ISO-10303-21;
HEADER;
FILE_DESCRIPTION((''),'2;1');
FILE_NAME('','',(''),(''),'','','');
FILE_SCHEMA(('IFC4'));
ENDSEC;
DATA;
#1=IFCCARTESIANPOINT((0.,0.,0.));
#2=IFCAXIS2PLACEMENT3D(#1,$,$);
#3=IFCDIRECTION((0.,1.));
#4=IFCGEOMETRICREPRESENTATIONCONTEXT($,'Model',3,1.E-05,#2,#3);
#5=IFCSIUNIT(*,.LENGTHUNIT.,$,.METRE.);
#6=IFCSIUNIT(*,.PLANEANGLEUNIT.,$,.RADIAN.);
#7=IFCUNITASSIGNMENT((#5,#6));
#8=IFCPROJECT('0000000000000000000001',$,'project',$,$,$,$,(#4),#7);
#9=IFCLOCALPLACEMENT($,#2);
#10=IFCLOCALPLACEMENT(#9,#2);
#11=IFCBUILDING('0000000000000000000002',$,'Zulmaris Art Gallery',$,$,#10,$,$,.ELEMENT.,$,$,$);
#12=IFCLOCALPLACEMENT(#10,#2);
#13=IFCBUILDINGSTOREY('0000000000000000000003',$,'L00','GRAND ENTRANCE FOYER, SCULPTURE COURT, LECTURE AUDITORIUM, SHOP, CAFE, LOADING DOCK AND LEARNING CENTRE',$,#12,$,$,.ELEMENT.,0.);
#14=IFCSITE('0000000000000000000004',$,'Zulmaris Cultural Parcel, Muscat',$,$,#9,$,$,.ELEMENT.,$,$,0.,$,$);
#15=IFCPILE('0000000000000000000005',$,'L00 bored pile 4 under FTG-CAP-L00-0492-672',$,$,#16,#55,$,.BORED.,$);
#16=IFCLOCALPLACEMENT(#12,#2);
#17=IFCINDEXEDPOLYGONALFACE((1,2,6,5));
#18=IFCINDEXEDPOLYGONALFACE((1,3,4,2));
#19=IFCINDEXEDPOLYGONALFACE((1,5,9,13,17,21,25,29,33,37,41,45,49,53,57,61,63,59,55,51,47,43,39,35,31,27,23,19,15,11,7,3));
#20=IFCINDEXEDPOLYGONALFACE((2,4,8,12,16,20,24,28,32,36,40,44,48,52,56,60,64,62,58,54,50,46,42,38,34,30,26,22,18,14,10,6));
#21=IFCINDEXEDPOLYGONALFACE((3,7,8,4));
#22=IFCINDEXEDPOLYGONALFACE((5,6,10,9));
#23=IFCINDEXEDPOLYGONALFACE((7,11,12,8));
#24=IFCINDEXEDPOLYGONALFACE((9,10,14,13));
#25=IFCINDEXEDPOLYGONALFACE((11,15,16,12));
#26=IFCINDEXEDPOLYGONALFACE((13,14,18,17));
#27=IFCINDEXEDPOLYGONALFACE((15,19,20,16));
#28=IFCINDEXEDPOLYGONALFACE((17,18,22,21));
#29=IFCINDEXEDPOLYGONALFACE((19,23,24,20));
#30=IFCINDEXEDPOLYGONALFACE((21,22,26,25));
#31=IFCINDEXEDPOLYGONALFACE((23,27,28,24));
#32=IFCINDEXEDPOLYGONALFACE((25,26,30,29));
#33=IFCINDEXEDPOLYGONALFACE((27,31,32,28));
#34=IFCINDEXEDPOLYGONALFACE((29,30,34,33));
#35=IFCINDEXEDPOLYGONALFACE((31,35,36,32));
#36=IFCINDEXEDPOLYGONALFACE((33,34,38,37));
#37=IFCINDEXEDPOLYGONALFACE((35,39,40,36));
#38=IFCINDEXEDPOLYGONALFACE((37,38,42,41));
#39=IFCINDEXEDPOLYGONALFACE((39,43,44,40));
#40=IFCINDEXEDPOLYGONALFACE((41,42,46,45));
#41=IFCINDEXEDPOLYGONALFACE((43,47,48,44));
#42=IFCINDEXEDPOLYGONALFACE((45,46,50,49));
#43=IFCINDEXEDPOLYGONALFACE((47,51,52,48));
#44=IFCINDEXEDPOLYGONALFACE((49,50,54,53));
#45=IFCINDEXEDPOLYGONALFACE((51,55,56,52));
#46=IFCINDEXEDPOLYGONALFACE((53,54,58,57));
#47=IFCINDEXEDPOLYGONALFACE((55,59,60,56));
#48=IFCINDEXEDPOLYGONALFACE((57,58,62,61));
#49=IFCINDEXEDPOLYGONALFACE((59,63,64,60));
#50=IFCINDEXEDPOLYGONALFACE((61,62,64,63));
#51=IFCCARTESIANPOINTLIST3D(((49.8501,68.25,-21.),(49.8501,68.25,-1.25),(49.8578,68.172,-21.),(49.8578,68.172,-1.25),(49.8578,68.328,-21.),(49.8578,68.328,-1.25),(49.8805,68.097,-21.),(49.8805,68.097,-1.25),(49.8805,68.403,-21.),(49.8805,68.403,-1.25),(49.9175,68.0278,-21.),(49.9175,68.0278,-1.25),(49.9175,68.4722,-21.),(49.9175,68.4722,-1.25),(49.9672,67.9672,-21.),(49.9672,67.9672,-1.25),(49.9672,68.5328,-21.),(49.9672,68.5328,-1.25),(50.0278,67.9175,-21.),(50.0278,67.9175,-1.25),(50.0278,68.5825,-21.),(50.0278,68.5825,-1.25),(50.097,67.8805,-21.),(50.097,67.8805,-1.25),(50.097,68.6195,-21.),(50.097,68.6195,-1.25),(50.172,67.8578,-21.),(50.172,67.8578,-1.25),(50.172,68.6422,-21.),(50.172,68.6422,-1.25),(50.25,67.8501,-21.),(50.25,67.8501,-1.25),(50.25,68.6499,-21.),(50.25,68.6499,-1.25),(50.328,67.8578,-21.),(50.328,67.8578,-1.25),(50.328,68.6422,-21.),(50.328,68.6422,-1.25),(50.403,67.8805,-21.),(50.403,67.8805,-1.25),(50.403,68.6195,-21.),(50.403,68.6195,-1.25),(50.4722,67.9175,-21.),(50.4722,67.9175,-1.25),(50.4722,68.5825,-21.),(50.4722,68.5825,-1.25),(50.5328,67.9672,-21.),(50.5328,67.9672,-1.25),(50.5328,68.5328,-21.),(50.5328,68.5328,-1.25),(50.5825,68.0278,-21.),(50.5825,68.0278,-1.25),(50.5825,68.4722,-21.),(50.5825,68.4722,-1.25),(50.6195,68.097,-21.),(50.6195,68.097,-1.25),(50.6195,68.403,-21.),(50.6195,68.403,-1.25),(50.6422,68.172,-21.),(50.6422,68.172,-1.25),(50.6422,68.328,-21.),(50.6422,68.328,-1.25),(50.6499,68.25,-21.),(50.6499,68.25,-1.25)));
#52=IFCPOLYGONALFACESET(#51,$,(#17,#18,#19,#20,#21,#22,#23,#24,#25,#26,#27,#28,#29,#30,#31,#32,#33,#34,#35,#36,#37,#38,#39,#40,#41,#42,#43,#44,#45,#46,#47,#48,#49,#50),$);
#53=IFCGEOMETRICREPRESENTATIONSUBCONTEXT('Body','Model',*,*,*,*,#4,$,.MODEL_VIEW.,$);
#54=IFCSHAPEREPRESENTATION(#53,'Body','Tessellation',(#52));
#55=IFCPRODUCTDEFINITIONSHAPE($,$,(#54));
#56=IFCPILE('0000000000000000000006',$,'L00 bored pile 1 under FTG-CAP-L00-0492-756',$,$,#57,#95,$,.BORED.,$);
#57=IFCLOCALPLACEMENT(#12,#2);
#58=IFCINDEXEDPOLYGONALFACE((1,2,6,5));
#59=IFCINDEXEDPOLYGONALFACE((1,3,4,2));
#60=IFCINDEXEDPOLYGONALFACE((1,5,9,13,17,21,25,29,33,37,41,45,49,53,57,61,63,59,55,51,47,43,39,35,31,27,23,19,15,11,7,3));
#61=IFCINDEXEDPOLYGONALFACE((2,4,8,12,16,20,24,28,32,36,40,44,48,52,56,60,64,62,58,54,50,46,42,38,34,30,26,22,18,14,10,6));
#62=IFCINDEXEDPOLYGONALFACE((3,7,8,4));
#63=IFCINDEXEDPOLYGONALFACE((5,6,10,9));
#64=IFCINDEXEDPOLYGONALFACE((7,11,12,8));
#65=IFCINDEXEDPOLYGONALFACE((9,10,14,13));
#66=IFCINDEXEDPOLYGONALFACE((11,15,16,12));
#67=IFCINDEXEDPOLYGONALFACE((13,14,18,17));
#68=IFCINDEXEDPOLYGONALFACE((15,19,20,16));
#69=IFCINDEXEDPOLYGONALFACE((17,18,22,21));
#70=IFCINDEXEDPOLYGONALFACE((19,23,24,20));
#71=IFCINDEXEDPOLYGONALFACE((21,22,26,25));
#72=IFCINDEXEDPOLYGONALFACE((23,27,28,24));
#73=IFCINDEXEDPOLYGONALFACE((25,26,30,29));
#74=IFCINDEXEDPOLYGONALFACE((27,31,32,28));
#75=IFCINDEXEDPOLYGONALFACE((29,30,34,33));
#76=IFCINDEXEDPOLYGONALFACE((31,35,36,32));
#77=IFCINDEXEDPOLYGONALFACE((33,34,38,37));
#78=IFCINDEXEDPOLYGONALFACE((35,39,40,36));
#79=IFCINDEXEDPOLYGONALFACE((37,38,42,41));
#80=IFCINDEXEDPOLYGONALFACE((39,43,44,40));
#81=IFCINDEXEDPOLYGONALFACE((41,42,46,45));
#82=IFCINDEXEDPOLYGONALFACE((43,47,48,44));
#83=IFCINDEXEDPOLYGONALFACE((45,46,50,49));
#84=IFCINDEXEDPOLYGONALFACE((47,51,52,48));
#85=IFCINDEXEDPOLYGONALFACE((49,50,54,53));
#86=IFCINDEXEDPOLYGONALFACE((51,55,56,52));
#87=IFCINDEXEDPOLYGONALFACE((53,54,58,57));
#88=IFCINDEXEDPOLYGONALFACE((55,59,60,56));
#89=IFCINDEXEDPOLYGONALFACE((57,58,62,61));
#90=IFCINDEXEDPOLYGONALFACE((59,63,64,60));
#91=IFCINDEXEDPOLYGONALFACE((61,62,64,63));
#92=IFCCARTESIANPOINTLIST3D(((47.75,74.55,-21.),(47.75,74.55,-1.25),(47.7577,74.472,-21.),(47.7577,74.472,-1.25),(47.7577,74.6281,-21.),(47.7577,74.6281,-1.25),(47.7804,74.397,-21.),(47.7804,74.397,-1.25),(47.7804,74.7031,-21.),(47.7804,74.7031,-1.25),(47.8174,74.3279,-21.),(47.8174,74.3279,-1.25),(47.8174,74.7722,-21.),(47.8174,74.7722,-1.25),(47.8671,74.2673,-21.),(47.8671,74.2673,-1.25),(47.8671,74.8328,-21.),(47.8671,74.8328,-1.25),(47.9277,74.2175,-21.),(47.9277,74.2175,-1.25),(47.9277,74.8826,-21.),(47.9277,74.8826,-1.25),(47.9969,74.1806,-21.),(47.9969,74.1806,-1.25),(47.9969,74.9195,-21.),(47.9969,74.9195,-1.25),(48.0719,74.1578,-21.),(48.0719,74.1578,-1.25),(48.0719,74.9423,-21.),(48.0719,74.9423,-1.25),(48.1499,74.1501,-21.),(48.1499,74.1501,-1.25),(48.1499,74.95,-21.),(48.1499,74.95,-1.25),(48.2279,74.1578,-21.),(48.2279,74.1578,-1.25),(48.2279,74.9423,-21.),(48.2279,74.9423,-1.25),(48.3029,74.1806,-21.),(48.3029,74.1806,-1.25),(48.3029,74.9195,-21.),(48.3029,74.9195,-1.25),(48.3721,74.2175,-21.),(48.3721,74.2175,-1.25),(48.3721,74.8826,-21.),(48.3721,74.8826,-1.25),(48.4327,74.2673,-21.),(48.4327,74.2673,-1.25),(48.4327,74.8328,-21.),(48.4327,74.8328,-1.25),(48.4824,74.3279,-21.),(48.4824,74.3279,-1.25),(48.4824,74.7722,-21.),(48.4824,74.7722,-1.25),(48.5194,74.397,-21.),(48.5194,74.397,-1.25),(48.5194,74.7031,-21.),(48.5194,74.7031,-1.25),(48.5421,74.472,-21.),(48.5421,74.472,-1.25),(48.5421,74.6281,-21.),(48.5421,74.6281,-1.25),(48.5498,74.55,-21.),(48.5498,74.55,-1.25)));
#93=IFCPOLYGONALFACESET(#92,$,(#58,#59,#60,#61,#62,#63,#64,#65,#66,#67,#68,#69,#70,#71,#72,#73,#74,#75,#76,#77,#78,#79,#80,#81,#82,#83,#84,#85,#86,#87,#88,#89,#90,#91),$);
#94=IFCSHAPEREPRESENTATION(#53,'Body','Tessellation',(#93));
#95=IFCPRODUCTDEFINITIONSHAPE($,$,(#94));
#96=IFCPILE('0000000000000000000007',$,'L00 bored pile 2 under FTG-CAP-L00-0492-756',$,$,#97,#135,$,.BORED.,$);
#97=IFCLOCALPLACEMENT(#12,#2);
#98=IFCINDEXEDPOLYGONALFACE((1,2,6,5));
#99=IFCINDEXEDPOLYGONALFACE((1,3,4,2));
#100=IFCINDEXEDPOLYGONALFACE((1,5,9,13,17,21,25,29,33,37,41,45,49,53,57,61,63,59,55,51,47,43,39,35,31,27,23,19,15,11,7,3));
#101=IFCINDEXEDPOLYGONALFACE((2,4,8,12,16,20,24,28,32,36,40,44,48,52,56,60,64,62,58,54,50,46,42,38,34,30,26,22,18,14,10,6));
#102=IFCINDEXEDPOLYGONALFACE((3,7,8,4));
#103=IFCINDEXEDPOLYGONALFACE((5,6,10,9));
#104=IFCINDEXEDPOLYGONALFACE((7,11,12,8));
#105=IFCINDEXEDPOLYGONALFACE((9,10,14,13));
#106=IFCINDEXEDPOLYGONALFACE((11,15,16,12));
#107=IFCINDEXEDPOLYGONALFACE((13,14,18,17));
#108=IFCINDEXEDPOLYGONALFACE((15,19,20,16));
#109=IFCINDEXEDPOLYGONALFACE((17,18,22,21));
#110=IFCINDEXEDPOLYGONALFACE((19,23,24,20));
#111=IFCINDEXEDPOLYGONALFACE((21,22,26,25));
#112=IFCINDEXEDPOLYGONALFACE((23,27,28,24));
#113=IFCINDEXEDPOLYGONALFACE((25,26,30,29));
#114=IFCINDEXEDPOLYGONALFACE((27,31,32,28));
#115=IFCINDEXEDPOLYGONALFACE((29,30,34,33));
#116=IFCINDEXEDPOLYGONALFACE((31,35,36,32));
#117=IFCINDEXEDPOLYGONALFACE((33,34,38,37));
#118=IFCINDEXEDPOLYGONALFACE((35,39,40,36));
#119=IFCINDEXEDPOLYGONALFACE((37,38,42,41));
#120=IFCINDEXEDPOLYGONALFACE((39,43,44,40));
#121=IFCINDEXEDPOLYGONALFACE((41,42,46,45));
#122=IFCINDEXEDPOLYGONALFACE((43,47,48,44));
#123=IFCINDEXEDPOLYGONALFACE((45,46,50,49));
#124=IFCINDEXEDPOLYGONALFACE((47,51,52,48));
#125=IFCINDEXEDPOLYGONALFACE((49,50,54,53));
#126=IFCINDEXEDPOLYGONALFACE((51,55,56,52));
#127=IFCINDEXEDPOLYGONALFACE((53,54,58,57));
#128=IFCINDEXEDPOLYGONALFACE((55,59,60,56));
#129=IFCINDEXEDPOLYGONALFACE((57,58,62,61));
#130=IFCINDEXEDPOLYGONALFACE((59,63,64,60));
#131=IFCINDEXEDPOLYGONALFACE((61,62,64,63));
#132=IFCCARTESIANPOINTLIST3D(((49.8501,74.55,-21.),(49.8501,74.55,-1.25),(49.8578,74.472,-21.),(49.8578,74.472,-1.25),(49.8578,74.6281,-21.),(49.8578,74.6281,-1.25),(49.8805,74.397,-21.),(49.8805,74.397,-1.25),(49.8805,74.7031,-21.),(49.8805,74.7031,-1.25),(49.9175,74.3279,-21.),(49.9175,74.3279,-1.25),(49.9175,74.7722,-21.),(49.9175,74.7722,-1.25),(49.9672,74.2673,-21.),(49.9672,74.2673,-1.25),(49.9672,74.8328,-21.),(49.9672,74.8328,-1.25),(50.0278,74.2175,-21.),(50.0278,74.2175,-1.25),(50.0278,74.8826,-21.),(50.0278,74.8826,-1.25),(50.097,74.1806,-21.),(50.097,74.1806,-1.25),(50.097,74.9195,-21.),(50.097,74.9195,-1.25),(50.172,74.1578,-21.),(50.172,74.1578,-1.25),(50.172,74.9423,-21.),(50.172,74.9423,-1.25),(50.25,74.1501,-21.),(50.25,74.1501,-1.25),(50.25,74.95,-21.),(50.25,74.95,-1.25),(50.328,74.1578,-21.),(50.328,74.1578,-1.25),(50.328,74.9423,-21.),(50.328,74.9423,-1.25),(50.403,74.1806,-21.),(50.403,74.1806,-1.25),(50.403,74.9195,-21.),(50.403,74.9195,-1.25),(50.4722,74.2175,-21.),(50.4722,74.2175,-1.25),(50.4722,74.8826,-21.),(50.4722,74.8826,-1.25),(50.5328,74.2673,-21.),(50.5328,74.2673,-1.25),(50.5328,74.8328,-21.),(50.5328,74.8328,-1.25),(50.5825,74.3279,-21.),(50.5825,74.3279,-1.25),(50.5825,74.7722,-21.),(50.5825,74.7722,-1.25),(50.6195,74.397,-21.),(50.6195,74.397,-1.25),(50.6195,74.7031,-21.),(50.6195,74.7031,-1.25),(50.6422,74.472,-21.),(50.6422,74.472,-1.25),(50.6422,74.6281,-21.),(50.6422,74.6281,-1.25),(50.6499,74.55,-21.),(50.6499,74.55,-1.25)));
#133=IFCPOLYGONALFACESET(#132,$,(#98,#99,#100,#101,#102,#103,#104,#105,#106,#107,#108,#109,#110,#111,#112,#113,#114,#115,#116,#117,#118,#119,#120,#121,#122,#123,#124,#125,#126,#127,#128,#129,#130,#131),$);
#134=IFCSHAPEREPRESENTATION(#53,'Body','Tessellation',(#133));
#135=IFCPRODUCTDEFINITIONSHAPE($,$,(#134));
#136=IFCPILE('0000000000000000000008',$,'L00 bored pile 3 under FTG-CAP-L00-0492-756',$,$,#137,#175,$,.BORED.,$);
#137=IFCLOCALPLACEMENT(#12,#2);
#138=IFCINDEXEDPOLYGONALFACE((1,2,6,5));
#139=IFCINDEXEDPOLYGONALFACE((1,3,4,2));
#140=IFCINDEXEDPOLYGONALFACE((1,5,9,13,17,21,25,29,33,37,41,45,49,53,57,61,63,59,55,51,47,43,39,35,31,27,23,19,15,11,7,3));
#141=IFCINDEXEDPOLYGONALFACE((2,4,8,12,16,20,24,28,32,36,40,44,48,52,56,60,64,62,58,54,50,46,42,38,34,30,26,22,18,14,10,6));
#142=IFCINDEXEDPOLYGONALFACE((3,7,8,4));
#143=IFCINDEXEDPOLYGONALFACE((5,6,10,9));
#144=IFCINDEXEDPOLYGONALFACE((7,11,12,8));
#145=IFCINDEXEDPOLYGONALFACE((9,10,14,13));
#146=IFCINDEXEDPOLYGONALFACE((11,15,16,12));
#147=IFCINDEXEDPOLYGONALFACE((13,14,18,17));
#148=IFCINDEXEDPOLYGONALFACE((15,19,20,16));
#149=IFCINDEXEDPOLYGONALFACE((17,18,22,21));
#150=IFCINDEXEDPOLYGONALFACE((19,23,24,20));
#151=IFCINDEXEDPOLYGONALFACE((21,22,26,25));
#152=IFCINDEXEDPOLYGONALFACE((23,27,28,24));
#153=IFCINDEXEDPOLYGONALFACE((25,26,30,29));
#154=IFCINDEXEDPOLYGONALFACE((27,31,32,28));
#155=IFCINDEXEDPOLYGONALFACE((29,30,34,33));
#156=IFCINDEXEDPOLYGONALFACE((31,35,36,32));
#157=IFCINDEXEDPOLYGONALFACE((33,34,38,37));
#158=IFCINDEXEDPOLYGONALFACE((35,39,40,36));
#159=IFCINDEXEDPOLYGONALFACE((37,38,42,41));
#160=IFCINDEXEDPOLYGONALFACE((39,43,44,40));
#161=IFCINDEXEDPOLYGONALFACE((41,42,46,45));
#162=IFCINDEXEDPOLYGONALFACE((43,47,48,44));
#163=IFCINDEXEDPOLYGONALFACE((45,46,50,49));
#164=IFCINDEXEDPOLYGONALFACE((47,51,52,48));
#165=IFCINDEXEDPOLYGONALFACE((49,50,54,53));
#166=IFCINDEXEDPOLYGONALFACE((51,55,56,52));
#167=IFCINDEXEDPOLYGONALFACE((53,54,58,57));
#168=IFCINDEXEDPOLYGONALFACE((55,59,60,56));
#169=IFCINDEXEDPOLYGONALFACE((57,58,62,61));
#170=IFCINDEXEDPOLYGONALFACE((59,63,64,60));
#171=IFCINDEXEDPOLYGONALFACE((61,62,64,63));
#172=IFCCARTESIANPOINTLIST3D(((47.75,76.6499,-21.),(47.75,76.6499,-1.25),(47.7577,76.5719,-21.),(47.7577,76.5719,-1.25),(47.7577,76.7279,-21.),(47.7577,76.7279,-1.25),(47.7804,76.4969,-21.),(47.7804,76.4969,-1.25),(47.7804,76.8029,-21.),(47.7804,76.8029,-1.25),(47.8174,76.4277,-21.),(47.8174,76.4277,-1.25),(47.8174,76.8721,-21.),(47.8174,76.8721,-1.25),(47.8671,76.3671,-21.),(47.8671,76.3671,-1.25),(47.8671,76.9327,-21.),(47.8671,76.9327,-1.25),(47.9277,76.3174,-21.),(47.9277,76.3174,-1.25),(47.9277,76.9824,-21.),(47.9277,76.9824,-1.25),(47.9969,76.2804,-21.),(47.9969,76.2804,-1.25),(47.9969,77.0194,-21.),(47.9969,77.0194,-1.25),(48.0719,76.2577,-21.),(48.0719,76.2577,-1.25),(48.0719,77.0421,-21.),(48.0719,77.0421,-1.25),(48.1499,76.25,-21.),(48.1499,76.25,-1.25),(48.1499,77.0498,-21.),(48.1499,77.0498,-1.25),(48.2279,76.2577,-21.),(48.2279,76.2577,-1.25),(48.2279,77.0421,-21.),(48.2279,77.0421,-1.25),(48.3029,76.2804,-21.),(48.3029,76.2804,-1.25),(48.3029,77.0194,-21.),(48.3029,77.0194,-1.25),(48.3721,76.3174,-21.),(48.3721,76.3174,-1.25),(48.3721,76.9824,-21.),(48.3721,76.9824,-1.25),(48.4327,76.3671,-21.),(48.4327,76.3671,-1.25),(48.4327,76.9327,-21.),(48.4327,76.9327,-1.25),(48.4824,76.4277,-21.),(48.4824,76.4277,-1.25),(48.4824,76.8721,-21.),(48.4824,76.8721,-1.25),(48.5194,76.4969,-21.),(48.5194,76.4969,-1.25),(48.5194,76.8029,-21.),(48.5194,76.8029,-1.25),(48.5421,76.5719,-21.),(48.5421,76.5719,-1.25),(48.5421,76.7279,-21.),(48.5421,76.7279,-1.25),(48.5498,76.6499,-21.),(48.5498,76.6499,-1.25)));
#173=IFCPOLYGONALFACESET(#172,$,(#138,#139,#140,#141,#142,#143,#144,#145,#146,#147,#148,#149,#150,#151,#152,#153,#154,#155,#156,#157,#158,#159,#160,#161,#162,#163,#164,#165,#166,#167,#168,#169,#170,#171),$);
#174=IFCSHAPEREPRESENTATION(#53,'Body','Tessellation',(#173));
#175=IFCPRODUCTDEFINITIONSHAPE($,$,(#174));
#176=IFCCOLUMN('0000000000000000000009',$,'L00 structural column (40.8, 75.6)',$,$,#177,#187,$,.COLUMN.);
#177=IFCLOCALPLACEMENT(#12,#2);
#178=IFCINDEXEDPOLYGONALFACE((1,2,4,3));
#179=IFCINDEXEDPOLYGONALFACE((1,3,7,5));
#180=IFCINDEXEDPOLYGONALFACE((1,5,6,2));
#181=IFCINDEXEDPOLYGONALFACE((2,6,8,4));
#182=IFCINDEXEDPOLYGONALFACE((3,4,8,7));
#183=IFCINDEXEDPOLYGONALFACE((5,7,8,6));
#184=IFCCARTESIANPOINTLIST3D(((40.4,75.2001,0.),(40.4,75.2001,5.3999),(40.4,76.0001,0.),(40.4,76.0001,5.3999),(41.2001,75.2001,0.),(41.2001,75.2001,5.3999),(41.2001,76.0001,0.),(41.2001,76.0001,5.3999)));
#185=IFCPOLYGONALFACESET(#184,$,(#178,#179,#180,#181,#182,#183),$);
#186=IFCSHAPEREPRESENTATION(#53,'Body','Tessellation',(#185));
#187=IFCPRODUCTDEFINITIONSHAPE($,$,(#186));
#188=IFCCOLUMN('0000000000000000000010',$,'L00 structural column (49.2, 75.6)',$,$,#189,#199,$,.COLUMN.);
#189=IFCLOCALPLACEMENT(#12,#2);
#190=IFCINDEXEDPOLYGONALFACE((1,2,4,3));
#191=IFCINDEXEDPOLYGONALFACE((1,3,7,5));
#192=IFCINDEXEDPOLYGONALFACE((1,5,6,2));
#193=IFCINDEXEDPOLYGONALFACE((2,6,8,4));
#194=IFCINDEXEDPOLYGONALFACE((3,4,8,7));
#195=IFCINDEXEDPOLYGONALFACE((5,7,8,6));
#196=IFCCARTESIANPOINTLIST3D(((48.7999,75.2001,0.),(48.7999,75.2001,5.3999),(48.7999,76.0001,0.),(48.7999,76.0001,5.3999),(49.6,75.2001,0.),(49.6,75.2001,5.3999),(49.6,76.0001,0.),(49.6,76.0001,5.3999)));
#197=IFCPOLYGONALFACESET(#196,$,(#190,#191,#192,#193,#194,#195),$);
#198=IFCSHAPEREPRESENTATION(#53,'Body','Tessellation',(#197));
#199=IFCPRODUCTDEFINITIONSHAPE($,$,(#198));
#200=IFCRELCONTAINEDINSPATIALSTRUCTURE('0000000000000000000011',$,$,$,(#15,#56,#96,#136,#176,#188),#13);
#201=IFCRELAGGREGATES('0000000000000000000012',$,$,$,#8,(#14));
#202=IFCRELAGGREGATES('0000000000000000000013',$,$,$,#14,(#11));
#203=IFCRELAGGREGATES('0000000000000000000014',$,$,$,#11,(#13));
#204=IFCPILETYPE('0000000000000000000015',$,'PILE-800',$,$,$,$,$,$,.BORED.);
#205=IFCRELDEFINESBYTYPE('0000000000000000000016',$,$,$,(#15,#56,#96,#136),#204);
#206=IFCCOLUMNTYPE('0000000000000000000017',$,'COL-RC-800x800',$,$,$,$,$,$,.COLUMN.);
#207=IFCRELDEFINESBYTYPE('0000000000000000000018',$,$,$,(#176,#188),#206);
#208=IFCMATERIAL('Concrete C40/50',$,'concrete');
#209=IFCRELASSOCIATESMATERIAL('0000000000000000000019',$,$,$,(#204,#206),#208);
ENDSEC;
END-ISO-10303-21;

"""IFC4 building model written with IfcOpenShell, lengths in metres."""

from ifc_helpers import new_model, si_unit, direction, frame, origin, origin_2d, place, context, subcontext, project, spatial, rectangle, circle, extrude, material, material_profile, profile_set, type_object, element, save


model = new_model("IFC4")

# Units and contexts
model_context = context("Model", 3, precision=1e-05, world=origin(), true_north=direction((0.0, 1.0)))
body_context = subcontext(model_context, "Body", "Model", "MODEL_VIEW")
ifc_project = project(units=[si_unit("LENGTHUNIT", "METRE"), si_unit("PLANEANGLEUNIT", "RADIAN")], contexts=[model_context])

# Site, building, storey
site_placement = place(None, origin())
site = spatial("IfcSite", under=ifc_project, at=site_placement, Name="Zulmaris Cultural Parcel, Muscat", CompositionType="ELEMENT", RefElevation=0.0)
building_placement = place(site_placement, origin())
building = spatial("IfcBuilding", under=site, at=building_placement, Name="Zulmaris Art Gallery", CompositionType="ELEMENT")
storey_placement = place(building_placement, origin())
storey = spatial("IfcBuildingStorey", under=building, at=storey_placement, Name="L00", Description="GRAND ENTRANCE FOYER, SCULPTURE COURT, LECTURE AUDITORIUM, SHOP, CAFE, LOADING DOCK AND LEARNING CENTRE", CompositionType="ELEMENT", Elevation=0.0)

# Piles
ifc_material_1 = material(Name="Concrete C40/50", Category="concrete")
ifc_material_profile_1 = material_profile(ifc_material_1, circle(Radius=0.3999, at=origin_2d()), Name="PILE DIA 800")
ifc_profile_set_1 = profile_set([ifc_material_profile_1], Name="Concrete C40/50")
pile_type = type_object("IfcPileType", Name="PILE-800", PredefinedType="BORED", material=ifc_profile_set_1)
for number, where, z_axis, x_axis, name in (
    (1, (50.25, 68.25, -1.25), (0.0, 0.0, -1.0), (1.0, 0.0, 0.0), "L00 bored pile 4 under FTG-CAP-L00-0492-672"),
    (2, (48.1499, 74.55, -1.25), (0.0, 0.0, -1.0), (1.0, 0.0, 0.0), "L00 bored pile 1 under FTG-CAP-L00-0492-756"),
    (3, (50.25, 74.55, -1.25), (0.0, 0.0, -1.0), (1.0, 0.0, 0.0), "L00 bored pile 2 under FTG-CAP-L00-0492-756"),
    (4, (48.1499, 76.6499, -1.25), (0.0, 0.0, -1.0), (1.0, 0.0, 0.0), "L00 bored pile 3 under FTG-CAP-L00-0492-756"),
):
    element("IfcPile", number, at=place(storey_placement, frame(where, z_axis=z_axis, x_axis=x_axis)), inside=storey, type_object=pile_type, Name=name, PredefinedType="BORED", context=body_context, shape_type="SweptSolid", body=[
        extrude(circle(Radius=0.3999, at=origin_2d()), origin(), (0.0, 0.0, 1.0), 19.75),
    ])

# Columns
ifc_material_profile_2 = material_profile(ifc_material_1, rectangle(XDim=0.8, YDim=0.8, at=origin_2d()), Name="RC 800x800")
ifc_profile_set_2 = profile_set([ifc_material_profile_2], Name="Concrete C40/50")
column_type = type_object("IfcColumnType", Name="COL-RC-800x800", PredefinedType="COLUMN", material=ifc_profile_set_2)
for number, where, z_axis, x_axis, name in (
    (5, (40.8, 75.6001, 0.0), (0.0, 0.0, 1.0), (1.0, 0.0, 0.0), "L00 structural column (40.8, 75.6)"),
    (6, (49.2, 75.6001, 0.0), (0.0, 0.0, 1.0), (1.0, 0.0, 0.0), "L00 structural column (49.2, 75.6)"),
):
    element("IfcColumn", number, at=place(storey_placement, frame(where, z_axis=z_axis, x_axis=x_axis)), inside=storey, type_object=column_type, Name=name, PredefinedType="COLUMN", context=body_context, shape_type="SweptSolid", body=[
        extrude(rectangle(XDim=0.8, YDim=0.8, at=origin_2d()), origin(), (0.0, 0.0, 1.0), 5.3999),
    ])

save(model, "model.ifc")
